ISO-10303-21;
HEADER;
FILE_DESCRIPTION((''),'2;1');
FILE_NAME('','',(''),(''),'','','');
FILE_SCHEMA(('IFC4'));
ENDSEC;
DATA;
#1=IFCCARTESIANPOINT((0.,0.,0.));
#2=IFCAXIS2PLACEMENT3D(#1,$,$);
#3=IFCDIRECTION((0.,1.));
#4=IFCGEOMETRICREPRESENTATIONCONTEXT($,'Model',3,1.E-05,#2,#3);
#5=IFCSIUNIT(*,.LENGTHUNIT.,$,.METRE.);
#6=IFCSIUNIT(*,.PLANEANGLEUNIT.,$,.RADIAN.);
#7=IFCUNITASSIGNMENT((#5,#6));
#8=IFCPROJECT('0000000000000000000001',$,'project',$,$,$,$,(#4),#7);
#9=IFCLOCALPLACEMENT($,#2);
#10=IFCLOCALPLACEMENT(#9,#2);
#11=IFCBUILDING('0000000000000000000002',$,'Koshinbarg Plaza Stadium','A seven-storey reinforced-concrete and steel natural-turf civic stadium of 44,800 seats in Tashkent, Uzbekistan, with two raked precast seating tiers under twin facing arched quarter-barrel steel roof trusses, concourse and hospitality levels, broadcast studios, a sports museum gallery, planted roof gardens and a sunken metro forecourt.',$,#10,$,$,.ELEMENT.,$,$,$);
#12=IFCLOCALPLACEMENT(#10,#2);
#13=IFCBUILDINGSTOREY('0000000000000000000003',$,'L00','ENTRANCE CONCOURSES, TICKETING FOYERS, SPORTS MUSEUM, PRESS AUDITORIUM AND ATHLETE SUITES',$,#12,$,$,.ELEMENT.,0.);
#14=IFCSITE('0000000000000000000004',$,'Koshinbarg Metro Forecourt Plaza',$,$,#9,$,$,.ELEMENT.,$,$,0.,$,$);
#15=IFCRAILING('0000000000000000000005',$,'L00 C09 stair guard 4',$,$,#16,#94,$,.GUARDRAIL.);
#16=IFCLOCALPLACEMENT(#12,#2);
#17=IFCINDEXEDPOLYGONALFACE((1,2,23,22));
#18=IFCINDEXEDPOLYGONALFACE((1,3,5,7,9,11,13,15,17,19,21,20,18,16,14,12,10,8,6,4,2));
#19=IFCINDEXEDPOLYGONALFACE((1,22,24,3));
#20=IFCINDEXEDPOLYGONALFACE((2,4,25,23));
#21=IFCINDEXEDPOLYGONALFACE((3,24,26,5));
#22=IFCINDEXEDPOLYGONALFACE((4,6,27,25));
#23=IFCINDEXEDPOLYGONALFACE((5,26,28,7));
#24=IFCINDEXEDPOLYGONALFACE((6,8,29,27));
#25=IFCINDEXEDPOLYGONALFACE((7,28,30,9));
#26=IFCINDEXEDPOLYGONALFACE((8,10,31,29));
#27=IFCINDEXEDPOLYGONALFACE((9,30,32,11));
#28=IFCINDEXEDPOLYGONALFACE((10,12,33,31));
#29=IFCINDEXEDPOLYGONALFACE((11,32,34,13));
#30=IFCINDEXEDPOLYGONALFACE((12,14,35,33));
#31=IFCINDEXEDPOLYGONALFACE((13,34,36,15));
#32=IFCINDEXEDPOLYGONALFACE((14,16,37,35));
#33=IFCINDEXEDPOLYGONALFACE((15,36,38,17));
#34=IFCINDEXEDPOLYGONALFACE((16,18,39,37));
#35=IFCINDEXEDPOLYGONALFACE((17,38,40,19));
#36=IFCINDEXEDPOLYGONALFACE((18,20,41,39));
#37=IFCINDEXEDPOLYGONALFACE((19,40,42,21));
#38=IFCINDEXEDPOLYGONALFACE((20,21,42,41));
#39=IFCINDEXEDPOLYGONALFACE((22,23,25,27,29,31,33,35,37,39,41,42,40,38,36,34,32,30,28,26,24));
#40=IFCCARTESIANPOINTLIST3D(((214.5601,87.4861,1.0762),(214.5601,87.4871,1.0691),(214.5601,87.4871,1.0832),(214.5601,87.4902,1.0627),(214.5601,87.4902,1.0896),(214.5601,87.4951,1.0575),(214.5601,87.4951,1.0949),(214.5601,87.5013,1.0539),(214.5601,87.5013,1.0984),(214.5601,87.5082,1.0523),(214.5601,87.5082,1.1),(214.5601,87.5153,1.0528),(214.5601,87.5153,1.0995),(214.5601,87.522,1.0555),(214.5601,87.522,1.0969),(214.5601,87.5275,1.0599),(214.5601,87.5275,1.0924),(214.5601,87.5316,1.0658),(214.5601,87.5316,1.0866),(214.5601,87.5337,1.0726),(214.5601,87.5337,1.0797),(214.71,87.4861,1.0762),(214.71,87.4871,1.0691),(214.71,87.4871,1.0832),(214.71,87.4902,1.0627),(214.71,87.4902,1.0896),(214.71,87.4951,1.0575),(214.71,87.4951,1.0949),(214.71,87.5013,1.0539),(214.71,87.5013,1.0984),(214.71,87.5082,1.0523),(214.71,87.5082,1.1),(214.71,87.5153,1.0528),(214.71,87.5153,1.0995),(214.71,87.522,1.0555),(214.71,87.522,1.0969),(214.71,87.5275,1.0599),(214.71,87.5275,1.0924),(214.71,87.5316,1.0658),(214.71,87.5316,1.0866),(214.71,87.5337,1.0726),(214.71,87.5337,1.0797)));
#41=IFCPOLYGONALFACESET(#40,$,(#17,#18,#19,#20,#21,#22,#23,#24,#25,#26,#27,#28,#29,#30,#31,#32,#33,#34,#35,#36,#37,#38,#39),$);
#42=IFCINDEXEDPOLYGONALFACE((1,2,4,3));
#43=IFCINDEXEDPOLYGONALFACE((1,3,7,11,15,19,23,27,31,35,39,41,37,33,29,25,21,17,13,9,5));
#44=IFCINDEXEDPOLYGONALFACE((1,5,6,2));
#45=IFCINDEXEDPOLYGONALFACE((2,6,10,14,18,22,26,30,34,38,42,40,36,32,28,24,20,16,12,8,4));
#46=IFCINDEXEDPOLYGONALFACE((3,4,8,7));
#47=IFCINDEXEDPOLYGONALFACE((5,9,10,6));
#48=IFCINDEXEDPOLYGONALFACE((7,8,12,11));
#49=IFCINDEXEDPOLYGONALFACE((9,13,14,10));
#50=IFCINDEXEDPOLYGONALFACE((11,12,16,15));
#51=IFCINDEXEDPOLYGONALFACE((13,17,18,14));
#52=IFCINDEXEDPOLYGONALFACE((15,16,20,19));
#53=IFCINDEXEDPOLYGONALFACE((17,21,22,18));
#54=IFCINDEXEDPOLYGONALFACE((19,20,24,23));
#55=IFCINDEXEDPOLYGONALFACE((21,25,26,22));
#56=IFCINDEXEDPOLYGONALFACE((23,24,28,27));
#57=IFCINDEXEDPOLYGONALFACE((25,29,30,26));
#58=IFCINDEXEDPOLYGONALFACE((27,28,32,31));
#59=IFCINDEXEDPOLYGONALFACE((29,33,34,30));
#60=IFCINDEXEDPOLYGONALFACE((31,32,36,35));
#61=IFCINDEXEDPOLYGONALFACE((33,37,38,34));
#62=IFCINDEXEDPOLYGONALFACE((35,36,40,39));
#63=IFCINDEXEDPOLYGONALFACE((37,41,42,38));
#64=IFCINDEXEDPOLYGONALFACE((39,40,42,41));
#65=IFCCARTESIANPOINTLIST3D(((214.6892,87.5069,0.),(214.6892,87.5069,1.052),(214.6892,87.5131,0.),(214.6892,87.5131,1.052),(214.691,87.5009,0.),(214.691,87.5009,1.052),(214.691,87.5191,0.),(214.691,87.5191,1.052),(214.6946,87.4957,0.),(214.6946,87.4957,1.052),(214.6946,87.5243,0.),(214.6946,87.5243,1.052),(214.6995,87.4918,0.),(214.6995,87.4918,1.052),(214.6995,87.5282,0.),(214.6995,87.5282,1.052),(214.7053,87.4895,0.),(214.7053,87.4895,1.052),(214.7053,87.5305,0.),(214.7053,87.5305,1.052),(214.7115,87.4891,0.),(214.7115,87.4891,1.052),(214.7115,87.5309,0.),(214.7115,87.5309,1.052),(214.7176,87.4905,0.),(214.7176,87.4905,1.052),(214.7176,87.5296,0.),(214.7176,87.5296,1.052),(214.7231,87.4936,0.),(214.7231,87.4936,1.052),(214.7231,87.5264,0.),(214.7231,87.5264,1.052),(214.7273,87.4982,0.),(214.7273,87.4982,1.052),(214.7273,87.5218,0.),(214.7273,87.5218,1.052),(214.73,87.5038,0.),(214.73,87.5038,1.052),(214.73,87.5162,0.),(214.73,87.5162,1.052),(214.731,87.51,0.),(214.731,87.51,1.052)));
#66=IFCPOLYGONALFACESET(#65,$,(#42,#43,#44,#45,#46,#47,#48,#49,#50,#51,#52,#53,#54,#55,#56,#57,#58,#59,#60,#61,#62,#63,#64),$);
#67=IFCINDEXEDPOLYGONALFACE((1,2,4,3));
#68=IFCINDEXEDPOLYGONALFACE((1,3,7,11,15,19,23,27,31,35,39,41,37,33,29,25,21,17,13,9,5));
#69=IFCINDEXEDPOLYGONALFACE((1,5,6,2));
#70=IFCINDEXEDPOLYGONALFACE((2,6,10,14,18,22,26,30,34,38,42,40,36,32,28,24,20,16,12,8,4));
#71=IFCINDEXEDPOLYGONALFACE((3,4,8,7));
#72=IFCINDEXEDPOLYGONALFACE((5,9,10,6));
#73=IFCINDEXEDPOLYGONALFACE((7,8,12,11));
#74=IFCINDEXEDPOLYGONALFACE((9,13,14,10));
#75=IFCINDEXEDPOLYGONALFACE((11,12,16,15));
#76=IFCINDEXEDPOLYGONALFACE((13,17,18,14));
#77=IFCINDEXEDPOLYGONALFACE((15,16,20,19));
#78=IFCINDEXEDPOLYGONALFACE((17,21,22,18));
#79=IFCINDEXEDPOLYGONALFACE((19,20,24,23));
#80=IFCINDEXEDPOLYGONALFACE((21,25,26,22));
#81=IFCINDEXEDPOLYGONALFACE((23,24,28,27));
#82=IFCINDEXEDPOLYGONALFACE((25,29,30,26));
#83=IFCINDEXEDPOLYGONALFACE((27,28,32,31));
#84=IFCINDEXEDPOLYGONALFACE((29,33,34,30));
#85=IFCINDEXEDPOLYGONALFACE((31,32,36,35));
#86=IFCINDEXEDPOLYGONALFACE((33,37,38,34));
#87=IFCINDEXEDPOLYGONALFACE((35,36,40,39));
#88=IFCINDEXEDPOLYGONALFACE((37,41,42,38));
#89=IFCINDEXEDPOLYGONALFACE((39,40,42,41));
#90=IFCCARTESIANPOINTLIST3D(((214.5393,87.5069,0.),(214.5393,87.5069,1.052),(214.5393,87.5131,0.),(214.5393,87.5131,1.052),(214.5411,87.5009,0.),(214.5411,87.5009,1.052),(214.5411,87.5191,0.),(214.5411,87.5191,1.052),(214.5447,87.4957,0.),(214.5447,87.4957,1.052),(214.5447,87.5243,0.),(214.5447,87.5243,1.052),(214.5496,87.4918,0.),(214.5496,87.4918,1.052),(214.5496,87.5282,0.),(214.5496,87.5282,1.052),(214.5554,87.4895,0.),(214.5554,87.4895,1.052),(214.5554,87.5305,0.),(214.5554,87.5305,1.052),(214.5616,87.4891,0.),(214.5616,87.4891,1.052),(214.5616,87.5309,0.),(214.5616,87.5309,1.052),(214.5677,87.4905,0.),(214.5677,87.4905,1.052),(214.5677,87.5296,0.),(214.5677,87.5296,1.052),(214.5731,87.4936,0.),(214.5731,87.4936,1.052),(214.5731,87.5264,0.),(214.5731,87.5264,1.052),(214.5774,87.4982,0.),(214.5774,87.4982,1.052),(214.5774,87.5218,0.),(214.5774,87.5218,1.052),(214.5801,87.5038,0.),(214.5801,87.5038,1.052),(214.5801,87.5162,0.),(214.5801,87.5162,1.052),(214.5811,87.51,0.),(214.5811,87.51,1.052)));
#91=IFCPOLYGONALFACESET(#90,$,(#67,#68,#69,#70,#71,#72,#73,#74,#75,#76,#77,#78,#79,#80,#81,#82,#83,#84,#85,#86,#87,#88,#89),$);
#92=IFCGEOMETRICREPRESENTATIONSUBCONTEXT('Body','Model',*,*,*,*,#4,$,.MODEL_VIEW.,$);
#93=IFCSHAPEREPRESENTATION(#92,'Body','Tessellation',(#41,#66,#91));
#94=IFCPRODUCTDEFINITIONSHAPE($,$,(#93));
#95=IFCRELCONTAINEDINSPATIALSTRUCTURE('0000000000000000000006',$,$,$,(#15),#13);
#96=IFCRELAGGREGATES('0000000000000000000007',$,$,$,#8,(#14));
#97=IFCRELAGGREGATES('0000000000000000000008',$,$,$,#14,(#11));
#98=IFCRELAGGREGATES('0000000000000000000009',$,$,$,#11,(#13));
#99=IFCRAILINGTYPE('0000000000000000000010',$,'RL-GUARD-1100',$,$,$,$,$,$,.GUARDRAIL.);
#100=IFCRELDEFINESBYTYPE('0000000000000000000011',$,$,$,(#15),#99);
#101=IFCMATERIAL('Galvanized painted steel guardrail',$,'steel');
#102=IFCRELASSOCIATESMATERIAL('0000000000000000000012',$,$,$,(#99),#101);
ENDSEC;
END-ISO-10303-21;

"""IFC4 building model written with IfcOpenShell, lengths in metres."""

from ifc_helpers import new_model, si_unit, direction, frame, origin, origin_2d, place, context, subcontext, project, spatial, circle, extrude, material, type_object, element, save


model = new_model("IFC4")

# Units and contexts
model_context = context("Model", 3, precision=1e-05, world=origin(), true_north=direction((0.0, 1.0)))
body_context = subcontext(model_context, "Body", "Model", "MODEL_VIEW")
ifc_project = project(units=[si_unit("LENGTHUNIT", "METRE"), si_unit("PLANEANGLEUNIT", "RADIAN")], contexts=[model_context])

# Site, building, storey
site_placement = place(None, origin())
site = spatial("IfcSite", under=ifc_project, at=site_placement, Name="Koshinbarg Metro Forecourt Plaza", CompositionType="ELEMENT", RefElevation=0.0)
building_placement = place(site_placement, origin())
building = spatial("IfcBuilding", under=site, at=building_placement, Name="Koshinbarg Plaza Stadium", Description="A seven-storey reinforced-concrete and steel natural-turf civic stadium of 44,800 seats in Tashkent, Uzbekistan, with two raked precast seating tiers under twin facing arched quarter-barrel steel roof trusses, concourse and hospitality levels, broadcast studios, a sports museum gallery, planted roof gardens and a sunken metro forecourt.", CompositionType="ELEMENT")
storey_placement = place(building_placement, origin())
storey = spatial("IfcBuildingStorey", under=building, at=storey_placement, Name="L00", Description="ENTRANCE CONCOURSES, TICKETING FOYERS, SPORTS MUSEUM, PRESS AUDITORIUM AND ATHLETE SUITES", CompositionType="ELEMENT", Elevation=0.0)

# Railing
ifc_material_1 = material(Name="Galvanized painted steel guardrail", Category="steel")
railing_type_1 = type_object("IfcRailingType", Name="RL-GUARD-1100", PredefinedType="GUARDRAIL", material=ifc_material_1)
railing_1_placement = place(storey_placement, frame((214.71, 87.51, 0.0)))
element("IfcRailing", 1, at=railing_1_placement, inside=storey, type_object=railing_type_1, Name="L00 C09 stair guard 4", PredefinedType="GUARDRAIL", context=body_context, shape_type="SweptSolid", body=[
    extrude(circle(Radius=0.0239, at=origin_2d()), frame((0.0, 0.0, 1.0762), z_axis=(-1.0, 0.0, 0.0), x_axis=(0.0, -1.0, 0.0)), (0.0, 0.0, 1.0), 0.1499),
    extrude(circle(Radius=0.021, at=origin_2d()), origin(), (0.0, 0.0, 1.0), 1.052),
    extrude(circle(Radius=0.021, at=origin_2d()), frame((-0.1499, 0.0, 0.0)), (0.0, 0.0, 1.0), 1.052),
])

save(model, "model.ifc")
